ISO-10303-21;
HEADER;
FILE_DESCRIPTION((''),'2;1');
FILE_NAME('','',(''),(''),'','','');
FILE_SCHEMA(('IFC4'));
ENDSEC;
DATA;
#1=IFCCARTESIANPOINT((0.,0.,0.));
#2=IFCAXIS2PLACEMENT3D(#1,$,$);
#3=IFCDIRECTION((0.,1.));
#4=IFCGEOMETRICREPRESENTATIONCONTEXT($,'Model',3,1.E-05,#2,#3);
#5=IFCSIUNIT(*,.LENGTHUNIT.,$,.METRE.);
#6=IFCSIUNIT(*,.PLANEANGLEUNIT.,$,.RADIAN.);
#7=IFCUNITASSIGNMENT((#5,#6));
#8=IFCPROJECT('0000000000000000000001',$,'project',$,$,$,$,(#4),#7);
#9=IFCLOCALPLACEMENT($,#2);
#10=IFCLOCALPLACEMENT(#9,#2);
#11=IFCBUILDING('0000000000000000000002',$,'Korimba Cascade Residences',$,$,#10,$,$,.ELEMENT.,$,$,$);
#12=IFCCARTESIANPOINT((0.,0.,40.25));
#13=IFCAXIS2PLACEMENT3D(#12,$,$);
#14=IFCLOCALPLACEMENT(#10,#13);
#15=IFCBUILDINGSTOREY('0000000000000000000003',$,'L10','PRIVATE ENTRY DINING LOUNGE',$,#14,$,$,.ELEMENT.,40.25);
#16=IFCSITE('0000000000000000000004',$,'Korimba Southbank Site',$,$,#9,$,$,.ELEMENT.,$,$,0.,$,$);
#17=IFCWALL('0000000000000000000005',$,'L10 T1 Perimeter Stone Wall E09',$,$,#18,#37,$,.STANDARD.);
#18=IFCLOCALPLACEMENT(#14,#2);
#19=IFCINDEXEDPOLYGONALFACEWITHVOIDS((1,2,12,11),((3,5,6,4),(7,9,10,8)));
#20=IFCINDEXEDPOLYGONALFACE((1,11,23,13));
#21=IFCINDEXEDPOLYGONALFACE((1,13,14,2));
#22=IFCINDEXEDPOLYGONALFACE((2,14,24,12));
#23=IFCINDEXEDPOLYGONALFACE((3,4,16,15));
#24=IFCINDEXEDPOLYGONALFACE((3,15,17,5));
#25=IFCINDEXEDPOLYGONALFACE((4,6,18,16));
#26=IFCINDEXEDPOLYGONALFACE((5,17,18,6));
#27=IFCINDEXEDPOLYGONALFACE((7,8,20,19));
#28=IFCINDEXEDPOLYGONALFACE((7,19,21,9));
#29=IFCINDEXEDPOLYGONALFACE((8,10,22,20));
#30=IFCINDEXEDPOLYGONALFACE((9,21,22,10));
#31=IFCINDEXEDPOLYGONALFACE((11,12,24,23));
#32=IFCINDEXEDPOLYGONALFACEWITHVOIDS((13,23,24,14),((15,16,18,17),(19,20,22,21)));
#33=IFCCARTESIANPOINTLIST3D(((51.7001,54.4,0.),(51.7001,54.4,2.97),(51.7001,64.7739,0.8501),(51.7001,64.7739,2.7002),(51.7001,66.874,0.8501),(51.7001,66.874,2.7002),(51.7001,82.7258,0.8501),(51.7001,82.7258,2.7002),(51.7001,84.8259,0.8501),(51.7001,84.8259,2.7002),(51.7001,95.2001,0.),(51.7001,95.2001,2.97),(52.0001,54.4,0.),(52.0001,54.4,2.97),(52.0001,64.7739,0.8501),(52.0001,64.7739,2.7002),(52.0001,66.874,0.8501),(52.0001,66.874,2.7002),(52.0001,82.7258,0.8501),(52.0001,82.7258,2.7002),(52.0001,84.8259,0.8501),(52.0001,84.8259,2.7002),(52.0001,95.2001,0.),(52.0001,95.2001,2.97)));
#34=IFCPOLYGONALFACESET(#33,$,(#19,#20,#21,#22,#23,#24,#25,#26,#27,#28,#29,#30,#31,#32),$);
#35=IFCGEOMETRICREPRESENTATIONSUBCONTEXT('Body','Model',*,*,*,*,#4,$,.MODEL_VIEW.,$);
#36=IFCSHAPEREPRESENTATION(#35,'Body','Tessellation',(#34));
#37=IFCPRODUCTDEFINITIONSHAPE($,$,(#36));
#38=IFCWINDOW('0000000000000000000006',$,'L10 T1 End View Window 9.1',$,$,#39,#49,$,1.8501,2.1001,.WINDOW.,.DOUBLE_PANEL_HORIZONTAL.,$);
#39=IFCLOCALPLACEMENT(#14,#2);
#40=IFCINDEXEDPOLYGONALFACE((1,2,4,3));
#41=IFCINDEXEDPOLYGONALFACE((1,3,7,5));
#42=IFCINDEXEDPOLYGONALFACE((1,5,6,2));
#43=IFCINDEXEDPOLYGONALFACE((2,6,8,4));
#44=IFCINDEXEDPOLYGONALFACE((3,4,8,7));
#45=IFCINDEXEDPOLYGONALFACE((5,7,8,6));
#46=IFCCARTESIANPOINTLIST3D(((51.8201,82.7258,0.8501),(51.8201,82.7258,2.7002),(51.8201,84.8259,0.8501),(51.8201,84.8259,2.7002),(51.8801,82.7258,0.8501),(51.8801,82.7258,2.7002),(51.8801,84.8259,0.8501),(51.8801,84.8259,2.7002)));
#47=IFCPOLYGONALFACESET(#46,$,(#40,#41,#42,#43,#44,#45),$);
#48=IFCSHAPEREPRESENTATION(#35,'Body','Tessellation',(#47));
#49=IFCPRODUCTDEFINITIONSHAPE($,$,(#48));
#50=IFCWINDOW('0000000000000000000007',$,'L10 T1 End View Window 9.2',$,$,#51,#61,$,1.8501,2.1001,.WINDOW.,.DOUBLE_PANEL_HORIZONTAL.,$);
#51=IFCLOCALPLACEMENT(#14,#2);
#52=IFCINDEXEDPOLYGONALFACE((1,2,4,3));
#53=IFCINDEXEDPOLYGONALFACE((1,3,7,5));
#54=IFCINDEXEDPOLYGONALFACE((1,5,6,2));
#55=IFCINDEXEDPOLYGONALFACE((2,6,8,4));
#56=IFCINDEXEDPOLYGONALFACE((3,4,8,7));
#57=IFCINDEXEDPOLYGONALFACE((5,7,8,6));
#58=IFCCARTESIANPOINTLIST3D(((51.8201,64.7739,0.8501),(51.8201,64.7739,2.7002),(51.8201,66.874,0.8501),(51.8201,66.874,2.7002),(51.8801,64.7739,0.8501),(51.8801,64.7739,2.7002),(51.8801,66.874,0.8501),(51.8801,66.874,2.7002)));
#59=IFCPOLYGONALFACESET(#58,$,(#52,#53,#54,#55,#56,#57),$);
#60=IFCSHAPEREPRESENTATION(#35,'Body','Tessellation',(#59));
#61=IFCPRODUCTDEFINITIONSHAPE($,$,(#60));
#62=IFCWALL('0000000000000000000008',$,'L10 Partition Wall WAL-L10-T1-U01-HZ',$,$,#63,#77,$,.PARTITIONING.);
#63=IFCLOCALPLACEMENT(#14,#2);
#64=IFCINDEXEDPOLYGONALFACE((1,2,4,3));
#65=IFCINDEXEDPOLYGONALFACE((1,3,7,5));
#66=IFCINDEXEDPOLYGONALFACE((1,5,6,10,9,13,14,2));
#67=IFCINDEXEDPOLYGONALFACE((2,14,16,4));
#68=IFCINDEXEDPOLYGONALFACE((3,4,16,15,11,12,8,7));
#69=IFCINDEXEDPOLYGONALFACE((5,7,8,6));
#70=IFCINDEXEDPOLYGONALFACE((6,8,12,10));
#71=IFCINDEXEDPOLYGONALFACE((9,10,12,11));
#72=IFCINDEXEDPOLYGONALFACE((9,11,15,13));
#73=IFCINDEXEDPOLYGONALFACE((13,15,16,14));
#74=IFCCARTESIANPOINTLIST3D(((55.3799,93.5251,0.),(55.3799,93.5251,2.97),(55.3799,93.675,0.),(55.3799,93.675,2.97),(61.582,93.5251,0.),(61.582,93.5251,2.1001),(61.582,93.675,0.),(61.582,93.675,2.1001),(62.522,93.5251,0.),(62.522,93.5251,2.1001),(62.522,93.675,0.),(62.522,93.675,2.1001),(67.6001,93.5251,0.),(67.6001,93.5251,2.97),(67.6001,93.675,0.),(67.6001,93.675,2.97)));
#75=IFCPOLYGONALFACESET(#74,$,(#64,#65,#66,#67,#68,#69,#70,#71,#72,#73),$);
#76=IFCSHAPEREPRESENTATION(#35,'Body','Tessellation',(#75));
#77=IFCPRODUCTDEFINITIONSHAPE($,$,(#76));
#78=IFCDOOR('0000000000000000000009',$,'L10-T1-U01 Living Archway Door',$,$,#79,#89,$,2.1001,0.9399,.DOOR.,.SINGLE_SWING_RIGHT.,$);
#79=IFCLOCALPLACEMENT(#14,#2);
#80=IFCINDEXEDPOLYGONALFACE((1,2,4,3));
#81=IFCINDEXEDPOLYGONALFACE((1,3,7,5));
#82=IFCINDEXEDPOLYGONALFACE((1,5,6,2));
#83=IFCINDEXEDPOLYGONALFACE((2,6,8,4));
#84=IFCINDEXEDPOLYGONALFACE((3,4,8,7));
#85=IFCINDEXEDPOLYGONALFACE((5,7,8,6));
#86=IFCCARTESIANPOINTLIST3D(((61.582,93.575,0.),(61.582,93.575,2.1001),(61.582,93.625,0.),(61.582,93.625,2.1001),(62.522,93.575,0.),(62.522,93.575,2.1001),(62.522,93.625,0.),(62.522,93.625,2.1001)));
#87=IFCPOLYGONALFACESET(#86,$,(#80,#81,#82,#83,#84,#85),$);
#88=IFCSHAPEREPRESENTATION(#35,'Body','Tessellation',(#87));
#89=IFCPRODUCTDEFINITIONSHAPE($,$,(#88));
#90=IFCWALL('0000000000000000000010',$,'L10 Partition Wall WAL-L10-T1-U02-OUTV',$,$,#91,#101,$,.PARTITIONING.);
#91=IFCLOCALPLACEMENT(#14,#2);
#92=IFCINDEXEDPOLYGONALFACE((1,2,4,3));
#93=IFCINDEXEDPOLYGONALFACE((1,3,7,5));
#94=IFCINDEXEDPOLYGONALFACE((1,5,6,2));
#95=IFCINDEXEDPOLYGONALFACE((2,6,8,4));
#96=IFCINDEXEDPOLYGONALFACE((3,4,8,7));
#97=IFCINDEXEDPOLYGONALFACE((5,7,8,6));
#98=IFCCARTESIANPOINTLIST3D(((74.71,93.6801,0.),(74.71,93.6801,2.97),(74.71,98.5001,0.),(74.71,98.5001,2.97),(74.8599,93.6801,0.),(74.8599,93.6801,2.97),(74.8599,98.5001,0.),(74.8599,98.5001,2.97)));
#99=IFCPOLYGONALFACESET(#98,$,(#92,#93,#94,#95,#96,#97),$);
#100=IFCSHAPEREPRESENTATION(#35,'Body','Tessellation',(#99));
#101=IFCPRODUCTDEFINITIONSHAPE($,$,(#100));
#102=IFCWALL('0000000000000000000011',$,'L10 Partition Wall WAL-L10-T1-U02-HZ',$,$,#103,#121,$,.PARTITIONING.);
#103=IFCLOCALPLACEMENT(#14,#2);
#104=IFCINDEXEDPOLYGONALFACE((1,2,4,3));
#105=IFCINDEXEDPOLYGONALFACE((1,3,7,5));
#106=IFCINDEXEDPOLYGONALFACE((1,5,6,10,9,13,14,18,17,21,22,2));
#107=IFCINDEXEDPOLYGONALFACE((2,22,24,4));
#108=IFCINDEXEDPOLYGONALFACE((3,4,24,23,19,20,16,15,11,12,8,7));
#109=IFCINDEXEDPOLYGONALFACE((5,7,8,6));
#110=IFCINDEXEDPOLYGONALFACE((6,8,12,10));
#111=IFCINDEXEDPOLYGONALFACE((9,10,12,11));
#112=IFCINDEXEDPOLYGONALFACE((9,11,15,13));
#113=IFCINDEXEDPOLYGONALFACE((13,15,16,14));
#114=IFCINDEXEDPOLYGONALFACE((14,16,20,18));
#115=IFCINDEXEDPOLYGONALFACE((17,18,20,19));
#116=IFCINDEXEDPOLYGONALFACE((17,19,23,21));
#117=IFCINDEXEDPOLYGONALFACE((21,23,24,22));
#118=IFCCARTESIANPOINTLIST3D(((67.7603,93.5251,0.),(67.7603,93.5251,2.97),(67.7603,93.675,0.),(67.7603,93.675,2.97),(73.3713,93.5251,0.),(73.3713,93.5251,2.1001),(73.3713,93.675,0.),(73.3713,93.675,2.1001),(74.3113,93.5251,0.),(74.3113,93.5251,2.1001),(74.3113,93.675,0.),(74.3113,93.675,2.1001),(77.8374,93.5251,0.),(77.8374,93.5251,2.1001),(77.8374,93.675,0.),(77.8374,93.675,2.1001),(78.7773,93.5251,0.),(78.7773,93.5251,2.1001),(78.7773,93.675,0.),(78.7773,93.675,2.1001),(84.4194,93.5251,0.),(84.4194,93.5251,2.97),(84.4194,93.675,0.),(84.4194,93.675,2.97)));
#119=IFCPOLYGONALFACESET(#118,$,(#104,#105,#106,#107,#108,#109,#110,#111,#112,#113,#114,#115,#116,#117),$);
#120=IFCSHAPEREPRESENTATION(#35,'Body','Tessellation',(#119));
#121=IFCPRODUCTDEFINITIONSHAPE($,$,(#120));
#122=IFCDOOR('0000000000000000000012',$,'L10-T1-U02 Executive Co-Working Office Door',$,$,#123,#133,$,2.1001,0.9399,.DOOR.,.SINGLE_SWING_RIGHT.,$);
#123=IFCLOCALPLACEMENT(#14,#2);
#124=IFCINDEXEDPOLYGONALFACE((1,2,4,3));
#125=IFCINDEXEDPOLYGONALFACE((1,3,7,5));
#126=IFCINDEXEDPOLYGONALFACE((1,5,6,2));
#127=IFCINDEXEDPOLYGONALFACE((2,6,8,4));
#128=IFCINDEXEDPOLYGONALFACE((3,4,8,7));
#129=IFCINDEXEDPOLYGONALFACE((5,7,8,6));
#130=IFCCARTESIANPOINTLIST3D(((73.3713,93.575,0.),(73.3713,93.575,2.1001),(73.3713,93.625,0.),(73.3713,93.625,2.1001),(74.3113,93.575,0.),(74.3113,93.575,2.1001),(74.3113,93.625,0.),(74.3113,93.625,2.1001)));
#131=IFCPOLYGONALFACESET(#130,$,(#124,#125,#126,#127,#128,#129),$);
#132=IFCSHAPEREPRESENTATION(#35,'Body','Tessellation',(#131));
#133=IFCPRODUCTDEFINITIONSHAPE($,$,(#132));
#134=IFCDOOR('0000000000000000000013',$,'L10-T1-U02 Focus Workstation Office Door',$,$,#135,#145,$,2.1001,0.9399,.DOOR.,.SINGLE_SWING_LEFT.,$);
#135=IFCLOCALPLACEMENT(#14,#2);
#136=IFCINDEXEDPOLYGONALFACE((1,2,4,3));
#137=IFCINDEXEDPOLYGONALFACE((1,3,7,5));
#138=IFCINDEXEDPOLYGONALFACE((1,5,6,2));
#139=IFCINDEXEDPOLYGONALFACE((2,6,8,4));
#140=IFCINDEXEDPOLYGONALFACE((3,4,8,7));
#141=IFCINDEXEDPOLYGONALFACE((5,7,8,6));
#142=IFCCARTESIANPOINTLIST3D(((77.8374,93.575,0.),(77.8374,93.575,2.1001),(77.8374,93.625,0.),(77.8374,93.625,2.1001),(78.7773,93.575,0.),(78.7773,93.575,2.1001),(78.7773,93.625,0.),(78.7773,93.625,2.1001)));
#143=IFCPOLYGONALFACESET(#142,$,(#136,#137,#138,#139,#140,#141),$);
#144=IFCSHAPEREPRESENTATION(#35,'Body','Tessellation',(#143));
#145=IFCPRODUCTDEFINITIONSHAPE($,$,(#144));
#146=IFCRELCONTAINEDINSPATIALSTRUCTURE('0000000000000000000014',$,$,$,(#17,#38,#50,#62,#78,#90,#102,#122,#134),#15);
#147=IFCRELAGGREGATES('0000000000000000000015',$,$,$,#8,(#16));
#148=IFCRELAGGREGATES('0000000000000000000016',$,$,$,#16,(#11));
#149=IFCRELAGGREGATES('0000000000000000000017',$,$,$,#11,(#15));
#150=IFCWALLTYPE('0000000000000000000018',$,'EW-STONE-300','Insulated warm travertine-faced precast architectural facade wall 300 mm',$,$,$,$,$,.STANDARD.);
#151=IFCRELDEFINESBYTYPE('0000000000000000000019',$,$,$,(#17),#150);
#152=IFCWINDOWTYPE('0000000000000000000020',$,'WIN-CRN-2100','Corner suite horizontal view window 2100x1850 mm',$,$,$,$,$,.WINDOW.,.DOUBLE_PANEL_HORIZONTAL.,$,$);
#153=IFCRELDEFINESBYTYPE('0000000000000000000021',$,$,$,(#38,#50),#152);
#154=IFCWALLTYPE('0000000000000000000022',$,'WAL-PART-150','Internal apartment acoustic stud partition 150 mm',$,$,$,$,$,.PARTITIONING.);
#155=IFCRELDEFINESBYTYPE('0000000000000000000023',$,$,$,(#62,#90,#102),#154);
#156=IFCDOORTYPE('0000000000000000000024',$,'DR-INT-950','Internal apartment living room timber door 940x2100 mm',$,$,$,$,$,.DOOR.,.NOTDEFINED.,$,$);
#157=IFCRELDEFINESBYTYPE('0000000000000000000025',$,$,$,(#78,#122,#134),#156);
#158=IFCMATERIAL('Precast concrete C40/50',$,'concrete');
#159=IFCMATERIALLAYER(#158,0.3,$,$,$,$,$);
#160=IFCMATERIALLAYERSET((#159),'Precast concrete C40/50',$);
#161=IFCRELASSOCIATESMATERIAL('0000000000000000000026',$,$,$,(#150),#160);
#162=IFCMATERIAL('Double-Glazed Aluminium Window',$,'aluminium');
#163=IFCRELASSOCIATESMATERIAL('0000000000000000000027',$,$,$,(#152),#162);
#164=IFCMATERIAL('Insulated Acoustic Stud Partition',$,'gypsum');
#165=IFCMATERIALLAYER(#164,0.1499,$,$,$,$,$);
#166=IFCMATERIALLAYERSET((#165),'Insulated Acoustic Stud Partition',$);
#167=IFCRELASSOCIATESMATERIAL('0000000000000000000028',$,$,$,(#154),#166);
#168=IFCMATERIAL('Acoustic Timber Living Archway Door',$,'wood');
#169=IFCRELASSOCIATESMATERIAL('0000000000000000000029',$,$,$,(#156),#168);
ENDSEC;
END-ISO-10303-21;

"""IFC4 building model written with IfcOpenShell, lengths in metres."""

from ifc_helpers import new_model, si_unit, direction, frame, frame_2d, origin, place, context, subcontext, project, spatial, rectangle, extrude, material, layer, layer_set, type_object, element, fill, save


model = new_model("IFC4")

# Units and contexts
model_context = context("Model", 3, precision=1e-05, world=origin(), true_north=direction((0.0, 1.0)))
body_context = subcontext(model_context, "Body", "Model", "MODEL_VIEW")
ifc_project = project(units=[si_unit("LENGTHUNIT", "METRE"), si_unit("PLANEANGLEUNIT", "RADIAN")], contexts=[model_context])

# Site, building, storey
site_placement = place(None, origin())
site = spatial("IfcSite", under=ifc_project, at=site_placement, Name="Korimba Southbank Site", CompositionType="ELEMENT", RefElevation=0.0)
building_placement = place(site_placement, origin())
building = spatial("IfcBuilding", under=site, at=building_placement, Name="Korimba Cascade Residences", CompositionType="ELEMENT")
storey_placement = place(building_placement, frame((0.0, 0.0, 40.25)))
storey = spatial("IfcBuildingStorey", under=building, at=storey_placement, Name="L10", Description="PRIVATE ENTRY DINING LOUNGE", CompositionType="ELEMENT", Elevation=40.25)

# Shared definitions
ifc_material_1 = material(Name="Precast concrete C40/50", Category="concrete")
ifc_layer_1 = layer(ifc_material_1, 0.3)
ifc_layer_set_1 = layer_set([ifc_layer_1], Name="Precast concrete C40/50")
wall_type_1 = type_object("IfcWallType", Name="EW-STONE-300", Description="Insulated warm travertine-faced precast architectural facade wall 300 mm", PredefinedType="STANDARD", material=ifc_layer_set_1)

# Wall, openings, windows
wall_1_placement = place(storey_placement, frame((51.8501, 95.2, 0.0), z_axis=(0.0, 0.0, 1.0), x_axis=(0.0, -1.0, 0.0)))
wall_1 = element("IfcWall", 1, at=wall_1_placement, inside=storey, type_object=wall_type_1, Name="L10 T1 Perimeter Stone Wall E09", PredefinedType="STANDARD", context=body_context, shape_type="SweptSolid", body=[
    extrude(rectangle(XDim=40.8, YDim=0.3, at=frame_2d((20.3999, 0.0))), origin(), (0.0, 0.0, 1.0), 2.97),
])
opening_1_placement = place(wall_1_placement, frame((10.374, 0.0, 0.8501)))
opening_1 = element("IfcOpeningElement", 2, at=opening_1_placement, cuts=wall_1, PredefinedType="OPENING", context=body_context, shape_type="SweptSolid", body=[
    extrude(rectangle(XDim=2.1001, YDim=1.8501, at=frame_2d((1.05, 0.925))), frame((0.0, 0.1602, 0.0), z_axis=(0.0, -1.0, 0.0), x_axis=(1.0, 0.0, 0.0)), (0.0, 0.0, 1.0), 0.3201),
])
opening_2_placement = place(wall_1_placement, frame((28.3259, 0.0, 0.8501)))
opening_2 = element("IfcOpeningElement", 3, at=opening_2_placement, cuts=wall_1, PredefinedType="OPENING", context=body_context, shape_type="SweptSolid", body=[
    extrude(rectangle(XDim=2.1001, YDim=1.8501, at=frame_2d((1.05, 0.925))), frame((0.0, 0.1602, 0.0), z_axis=(0.0, -1.0, 0.0), x_axis=(1.0, 0.0, 0.0)), (0.0, 0.0, 1.0), 0.3201),
])
ifc_material_2 = material(Name="Double-Glazed Aluminium Window", Category="aluminium")
window_type = type_object("IfcWindowType", Name="WIN-CRN-2100", Description="Corner suite horizontal view window 2100x1850 mm", PartitioningType="DOUBLE_PANEL_HORIZONTAL", PredefinedType="WINDOW", material=ifc_material_2)
window_1_placement = place(opening_1_placement, origin())
window_1 = element("IfcWindow", 4, at=window_1_placement, inside=storey, type_object=window_type, Name="L10 T1 End View Window 9.1", OverallHeight=1.8501, OverallWidth=2.1001, PartitioningType="DOUBLE_PANEL_HORIZONTAL", PredefinedType="WINDOW", context=body_context, shape_type="SweptSolid", body=[
    extrude(rectangle(XDim=2.1001, YDim=1.8501, at=frame_2d((1.05, 0.925))), frame((0.0, 0.03, 0.0), z_axis=(0.0, -1.0, 0.0), x_axis=(1.0, 0.0, 0.0)), (0.0, 0.0, 1.0), 0.0601),
])
fill(opening_1, window_1)
window_2_placement = place(opening_2_placement, origin())
window_2 = element("IfcWindow", 5, at=window_2_placement, inside=storey, type_object=window_type, Name="L10 T1 End View Window 9.2", OverallHeight=1.8501, OverallWidth=2.1001, PartitioningType="DOUBLE_PANEL_HORIZONTAL", PredefinedType="WINDOW", context=body_context, shape_type="SweptSolid", body=[
    extrude(rectangle(XDim=2.1001, YDim=1.8501, at=frame_2d((1.05, 0.925))), frame((0.0, 0.03, 0.0), z_axis=(0.0, -1.0, 0.0), x_axis=(1.0, 0.0, 0.0)), (0.0, 0.0, 1.0), 0.0601),
])
fill(opening_2, window_2)

# Wall, opening, door
ifc_material_3 = material(Name="Insulated Acoustic Stud Partition", Category="gypsum")
ifc_layer_2 = layer(ifc_material_3, 0.1499)
ifc_layer_set_2 = layer_set([ifc_layer_2], Name="Insulated Acoustic Stud Partition")
wall_type_2 = type_object("IfcWallType", Name="WAL-PART-150", Description="Internal apartment acoustic stud partition 150 mm", PredefinedType="PARTITIONING", material=ifc_layer_set_2)
wall_2_placement = place(storey_placement, frame((55.3799, 93.6001, 0.0), z_axis=(0.0, 0.0, 1.0), x_axis=(1.0, 0.0, 0.0)))
wall_2 = element("IfcWall", 6, at=wall_2_placement, inside=storey, type_object=wall_type_2, Name="L10 Partition Wall WAL-L10-T1-U01-HZ", PredefinedType="PARTITIONING", context=body_context, shape_type="SweptSolid", body=[
    extrude(rectangle(XDim=12.2202, YDim=0.1499, at=frame_2d((6.1101, 0.0))), origin(), (0.0, 0.0, 1.0), 2.97),
])
opening_3_placement = place(wall_2_placement, frame((6.2021, 0.0, 0.0)))
opening_3 = element("IfcOpeningElement", 7, at=opening_3_placement, cuts=wall_2, PredefinedType="OPENING", context=body_context, shape_type="SweptSolid", body=[
    extrude(rectangle(XDim=0.9399, YDim=2.1001, at=frame_2d((0.47, 1.05))), frame((0.0, 0.085, 0.0), z_axis=(0.0, -1.0, 0.0), x_axis=(1.0, 0.0, 0.0)), (0.0, 0.0, 1.0), 0.1699),
])
ifc_material_4 = material(Name="Acoustic Timber Living Archway Door", Category="wood")
door_type = type_object("IfcDoorType", Name="DR-INT-950", Description="Internal apartment living room timber door 940x2100 mm", OperationType="NOTDEFINED", PredefinedType="DOOR", material=ifc_material_4)
door_1_placement = place(opening_3_placement, origin())
door_1 = element("IfcDoor", 8, at=door_1_placement, inside=storey, type_object=door_type, Name="L10-T1-U01 Living Archway Door", OperationType="SINGLE_SWING_RIGHT", OverallHeight=2.1001, OverallWidth=0.9399, PredefinedType="DOOR", context=body_context, shape_type="SweptSolid", body=[
    extrude(rectangle(XDim=0.9399, YDim=2.1001, at=frame_2d((0.47, 1.05))), frame((0.0, 0.0249, 0.0), z_axis=(0.0, -1.0, 0.0), x_axis=(1.0, 0.0, 0.0)), (0.0, 0.0, 1.0), 0.05),
])
fill(opening_3, door_1)

# Wall
wall_3_placement = place(storey_placement, frame((74.7849, 93.6799, 0.0), z_axis=(0.0, 0.0, 1.0), x_axis=(0.0, 1.0, 0.0)))
element("IfcWall", 9, at=wall_3_placement, inside=storey, type_object=wall_type_2, Name="L10 Partition Wall WAL-L10-T1-U02-OUTV", PredefinedType="PARTITIONING", context=body_context, shape_type="SweptSolid", body=[
    extrude(rectangle(XDim=4.8201, YDim=0.1499, at=frame_2d((2.4102, 0.0))), origin(), (0.0, 0.0, 1.0), 2.97),
])

# Wall, openings, doors
wall_4_placement = place(storey_placement, frame((67.7603, 93.6001, 0.0), z_axis=(0.0, 0.0, 1.0), x_axis=(1.0, 0.0, 0.0)))
wall_4 = element("IfcWall", 10, at=wall_4_placement, inside=storey, type_object=wall_type_2, Name="L10 Partition Wall WAL-L10-T1-U02-HZ", PredefinedType="PARTITIONING", context=body_context, shape_type="SweptSolid", body=[
    extrude(rectangle(XDim=16.6592, YDim=0.1499, at=frame_2d((8.3296, 0.0))), origin(), (0.0, 0.0, 1.0), 2.97),
])
opening_4_placement = place(wall_4_placement, frame((5.6111, 0.0, 0.0)))
opening_4 = element("IfcOpeningElement", 11, at=opening_4_placement, cuts=wall_4, PredefinedType="OPENING", context=body_context, shape_type="SweptSolid", body=[
    extrude(rectangle(XDim=0.9399, YDim=2.1001, at=frame_2d((0.47, 1.05))), frame((0.0, 0.085, 0.0), z_axis=(0.0, -1.0, 0.0), x_axis=(1.0, 0.0, 0.0)), (0.0, 0.0, 1.0), 0.1699),
])
opening_5_placement = place(wall_4_placement, frame((10.0771, 0.0, 0.0)))
opening_5 = element("IfcOpeningElement", 12, at=opening_5_placement, cuts=wall_4, PredefinedType="OPENING", context=body_context, shape_type="SweptSolid", body=[
    extrude(rectangle(XDim=0.9399, YDim=2.1001, at=frame_2d((0.47, 1.05))), frame((0.0, 0.085, 0.0), z_axis=(0.0, -1.0, 0.0), x_axis=(1.0, 0.0, 0.0)), (0.0, 0.0, 1.0), 0.1699),
])
door_2_placement = place(opening_4_placement, origin())
door_2 = element("IfcDoor", 13, at=door_2_placement, inside=storey, type_object=door_type, Name="L10-T1-U02 Executive Co-Working Office Door", OperationType="SINGLE_SWING_RIGHT", OverallHeight=2.1001, OverallWidth=0.9399, PredefinedType="DOOR", context=body_context, shape_type="SweptSolid", body=[
    extrude(rectangle(XDim=0.9399, YDim=2.1001, at=frame_2d((0.47, 1.05))), frame((0.0, 0.0249, 0.0), z_axis=(0.0, -1.0, 0.0), x_axis=(1.0, 0.0, 0.0)), (0.0, 0.0, 1.0), 0.05),
])
fill(opening_4, door_2)
door_3_placement = place(opening_5_placement, origin())
door_3 = element("IfcDoor", 14, at=door_3_placement, inside=storey, type_object=door_type, Name="L10-T1-U02 Focus Workstation Office Door", OperationType="SINGLE_SWING_LEFT", OverallHeight=2.1001, OverallWidth=0.9399, PredefinedType="DOOR", context=body_context, shape_type="SweptSolid", body=[
    extrude(rectangle(XDim=0.9399, YDim=2.1001, at=frame_2d((0.47, 1.05))), frame((0.0, 0.0249, 0.0), z_axis=(0.0, -1.0, 0.0), x_axis=(1.0, 0.0, 0.0)), (0.0, 0.0, 1.0), 0.05),
])
fill(opening_5, door_3)

save(model, "model.ifc")
